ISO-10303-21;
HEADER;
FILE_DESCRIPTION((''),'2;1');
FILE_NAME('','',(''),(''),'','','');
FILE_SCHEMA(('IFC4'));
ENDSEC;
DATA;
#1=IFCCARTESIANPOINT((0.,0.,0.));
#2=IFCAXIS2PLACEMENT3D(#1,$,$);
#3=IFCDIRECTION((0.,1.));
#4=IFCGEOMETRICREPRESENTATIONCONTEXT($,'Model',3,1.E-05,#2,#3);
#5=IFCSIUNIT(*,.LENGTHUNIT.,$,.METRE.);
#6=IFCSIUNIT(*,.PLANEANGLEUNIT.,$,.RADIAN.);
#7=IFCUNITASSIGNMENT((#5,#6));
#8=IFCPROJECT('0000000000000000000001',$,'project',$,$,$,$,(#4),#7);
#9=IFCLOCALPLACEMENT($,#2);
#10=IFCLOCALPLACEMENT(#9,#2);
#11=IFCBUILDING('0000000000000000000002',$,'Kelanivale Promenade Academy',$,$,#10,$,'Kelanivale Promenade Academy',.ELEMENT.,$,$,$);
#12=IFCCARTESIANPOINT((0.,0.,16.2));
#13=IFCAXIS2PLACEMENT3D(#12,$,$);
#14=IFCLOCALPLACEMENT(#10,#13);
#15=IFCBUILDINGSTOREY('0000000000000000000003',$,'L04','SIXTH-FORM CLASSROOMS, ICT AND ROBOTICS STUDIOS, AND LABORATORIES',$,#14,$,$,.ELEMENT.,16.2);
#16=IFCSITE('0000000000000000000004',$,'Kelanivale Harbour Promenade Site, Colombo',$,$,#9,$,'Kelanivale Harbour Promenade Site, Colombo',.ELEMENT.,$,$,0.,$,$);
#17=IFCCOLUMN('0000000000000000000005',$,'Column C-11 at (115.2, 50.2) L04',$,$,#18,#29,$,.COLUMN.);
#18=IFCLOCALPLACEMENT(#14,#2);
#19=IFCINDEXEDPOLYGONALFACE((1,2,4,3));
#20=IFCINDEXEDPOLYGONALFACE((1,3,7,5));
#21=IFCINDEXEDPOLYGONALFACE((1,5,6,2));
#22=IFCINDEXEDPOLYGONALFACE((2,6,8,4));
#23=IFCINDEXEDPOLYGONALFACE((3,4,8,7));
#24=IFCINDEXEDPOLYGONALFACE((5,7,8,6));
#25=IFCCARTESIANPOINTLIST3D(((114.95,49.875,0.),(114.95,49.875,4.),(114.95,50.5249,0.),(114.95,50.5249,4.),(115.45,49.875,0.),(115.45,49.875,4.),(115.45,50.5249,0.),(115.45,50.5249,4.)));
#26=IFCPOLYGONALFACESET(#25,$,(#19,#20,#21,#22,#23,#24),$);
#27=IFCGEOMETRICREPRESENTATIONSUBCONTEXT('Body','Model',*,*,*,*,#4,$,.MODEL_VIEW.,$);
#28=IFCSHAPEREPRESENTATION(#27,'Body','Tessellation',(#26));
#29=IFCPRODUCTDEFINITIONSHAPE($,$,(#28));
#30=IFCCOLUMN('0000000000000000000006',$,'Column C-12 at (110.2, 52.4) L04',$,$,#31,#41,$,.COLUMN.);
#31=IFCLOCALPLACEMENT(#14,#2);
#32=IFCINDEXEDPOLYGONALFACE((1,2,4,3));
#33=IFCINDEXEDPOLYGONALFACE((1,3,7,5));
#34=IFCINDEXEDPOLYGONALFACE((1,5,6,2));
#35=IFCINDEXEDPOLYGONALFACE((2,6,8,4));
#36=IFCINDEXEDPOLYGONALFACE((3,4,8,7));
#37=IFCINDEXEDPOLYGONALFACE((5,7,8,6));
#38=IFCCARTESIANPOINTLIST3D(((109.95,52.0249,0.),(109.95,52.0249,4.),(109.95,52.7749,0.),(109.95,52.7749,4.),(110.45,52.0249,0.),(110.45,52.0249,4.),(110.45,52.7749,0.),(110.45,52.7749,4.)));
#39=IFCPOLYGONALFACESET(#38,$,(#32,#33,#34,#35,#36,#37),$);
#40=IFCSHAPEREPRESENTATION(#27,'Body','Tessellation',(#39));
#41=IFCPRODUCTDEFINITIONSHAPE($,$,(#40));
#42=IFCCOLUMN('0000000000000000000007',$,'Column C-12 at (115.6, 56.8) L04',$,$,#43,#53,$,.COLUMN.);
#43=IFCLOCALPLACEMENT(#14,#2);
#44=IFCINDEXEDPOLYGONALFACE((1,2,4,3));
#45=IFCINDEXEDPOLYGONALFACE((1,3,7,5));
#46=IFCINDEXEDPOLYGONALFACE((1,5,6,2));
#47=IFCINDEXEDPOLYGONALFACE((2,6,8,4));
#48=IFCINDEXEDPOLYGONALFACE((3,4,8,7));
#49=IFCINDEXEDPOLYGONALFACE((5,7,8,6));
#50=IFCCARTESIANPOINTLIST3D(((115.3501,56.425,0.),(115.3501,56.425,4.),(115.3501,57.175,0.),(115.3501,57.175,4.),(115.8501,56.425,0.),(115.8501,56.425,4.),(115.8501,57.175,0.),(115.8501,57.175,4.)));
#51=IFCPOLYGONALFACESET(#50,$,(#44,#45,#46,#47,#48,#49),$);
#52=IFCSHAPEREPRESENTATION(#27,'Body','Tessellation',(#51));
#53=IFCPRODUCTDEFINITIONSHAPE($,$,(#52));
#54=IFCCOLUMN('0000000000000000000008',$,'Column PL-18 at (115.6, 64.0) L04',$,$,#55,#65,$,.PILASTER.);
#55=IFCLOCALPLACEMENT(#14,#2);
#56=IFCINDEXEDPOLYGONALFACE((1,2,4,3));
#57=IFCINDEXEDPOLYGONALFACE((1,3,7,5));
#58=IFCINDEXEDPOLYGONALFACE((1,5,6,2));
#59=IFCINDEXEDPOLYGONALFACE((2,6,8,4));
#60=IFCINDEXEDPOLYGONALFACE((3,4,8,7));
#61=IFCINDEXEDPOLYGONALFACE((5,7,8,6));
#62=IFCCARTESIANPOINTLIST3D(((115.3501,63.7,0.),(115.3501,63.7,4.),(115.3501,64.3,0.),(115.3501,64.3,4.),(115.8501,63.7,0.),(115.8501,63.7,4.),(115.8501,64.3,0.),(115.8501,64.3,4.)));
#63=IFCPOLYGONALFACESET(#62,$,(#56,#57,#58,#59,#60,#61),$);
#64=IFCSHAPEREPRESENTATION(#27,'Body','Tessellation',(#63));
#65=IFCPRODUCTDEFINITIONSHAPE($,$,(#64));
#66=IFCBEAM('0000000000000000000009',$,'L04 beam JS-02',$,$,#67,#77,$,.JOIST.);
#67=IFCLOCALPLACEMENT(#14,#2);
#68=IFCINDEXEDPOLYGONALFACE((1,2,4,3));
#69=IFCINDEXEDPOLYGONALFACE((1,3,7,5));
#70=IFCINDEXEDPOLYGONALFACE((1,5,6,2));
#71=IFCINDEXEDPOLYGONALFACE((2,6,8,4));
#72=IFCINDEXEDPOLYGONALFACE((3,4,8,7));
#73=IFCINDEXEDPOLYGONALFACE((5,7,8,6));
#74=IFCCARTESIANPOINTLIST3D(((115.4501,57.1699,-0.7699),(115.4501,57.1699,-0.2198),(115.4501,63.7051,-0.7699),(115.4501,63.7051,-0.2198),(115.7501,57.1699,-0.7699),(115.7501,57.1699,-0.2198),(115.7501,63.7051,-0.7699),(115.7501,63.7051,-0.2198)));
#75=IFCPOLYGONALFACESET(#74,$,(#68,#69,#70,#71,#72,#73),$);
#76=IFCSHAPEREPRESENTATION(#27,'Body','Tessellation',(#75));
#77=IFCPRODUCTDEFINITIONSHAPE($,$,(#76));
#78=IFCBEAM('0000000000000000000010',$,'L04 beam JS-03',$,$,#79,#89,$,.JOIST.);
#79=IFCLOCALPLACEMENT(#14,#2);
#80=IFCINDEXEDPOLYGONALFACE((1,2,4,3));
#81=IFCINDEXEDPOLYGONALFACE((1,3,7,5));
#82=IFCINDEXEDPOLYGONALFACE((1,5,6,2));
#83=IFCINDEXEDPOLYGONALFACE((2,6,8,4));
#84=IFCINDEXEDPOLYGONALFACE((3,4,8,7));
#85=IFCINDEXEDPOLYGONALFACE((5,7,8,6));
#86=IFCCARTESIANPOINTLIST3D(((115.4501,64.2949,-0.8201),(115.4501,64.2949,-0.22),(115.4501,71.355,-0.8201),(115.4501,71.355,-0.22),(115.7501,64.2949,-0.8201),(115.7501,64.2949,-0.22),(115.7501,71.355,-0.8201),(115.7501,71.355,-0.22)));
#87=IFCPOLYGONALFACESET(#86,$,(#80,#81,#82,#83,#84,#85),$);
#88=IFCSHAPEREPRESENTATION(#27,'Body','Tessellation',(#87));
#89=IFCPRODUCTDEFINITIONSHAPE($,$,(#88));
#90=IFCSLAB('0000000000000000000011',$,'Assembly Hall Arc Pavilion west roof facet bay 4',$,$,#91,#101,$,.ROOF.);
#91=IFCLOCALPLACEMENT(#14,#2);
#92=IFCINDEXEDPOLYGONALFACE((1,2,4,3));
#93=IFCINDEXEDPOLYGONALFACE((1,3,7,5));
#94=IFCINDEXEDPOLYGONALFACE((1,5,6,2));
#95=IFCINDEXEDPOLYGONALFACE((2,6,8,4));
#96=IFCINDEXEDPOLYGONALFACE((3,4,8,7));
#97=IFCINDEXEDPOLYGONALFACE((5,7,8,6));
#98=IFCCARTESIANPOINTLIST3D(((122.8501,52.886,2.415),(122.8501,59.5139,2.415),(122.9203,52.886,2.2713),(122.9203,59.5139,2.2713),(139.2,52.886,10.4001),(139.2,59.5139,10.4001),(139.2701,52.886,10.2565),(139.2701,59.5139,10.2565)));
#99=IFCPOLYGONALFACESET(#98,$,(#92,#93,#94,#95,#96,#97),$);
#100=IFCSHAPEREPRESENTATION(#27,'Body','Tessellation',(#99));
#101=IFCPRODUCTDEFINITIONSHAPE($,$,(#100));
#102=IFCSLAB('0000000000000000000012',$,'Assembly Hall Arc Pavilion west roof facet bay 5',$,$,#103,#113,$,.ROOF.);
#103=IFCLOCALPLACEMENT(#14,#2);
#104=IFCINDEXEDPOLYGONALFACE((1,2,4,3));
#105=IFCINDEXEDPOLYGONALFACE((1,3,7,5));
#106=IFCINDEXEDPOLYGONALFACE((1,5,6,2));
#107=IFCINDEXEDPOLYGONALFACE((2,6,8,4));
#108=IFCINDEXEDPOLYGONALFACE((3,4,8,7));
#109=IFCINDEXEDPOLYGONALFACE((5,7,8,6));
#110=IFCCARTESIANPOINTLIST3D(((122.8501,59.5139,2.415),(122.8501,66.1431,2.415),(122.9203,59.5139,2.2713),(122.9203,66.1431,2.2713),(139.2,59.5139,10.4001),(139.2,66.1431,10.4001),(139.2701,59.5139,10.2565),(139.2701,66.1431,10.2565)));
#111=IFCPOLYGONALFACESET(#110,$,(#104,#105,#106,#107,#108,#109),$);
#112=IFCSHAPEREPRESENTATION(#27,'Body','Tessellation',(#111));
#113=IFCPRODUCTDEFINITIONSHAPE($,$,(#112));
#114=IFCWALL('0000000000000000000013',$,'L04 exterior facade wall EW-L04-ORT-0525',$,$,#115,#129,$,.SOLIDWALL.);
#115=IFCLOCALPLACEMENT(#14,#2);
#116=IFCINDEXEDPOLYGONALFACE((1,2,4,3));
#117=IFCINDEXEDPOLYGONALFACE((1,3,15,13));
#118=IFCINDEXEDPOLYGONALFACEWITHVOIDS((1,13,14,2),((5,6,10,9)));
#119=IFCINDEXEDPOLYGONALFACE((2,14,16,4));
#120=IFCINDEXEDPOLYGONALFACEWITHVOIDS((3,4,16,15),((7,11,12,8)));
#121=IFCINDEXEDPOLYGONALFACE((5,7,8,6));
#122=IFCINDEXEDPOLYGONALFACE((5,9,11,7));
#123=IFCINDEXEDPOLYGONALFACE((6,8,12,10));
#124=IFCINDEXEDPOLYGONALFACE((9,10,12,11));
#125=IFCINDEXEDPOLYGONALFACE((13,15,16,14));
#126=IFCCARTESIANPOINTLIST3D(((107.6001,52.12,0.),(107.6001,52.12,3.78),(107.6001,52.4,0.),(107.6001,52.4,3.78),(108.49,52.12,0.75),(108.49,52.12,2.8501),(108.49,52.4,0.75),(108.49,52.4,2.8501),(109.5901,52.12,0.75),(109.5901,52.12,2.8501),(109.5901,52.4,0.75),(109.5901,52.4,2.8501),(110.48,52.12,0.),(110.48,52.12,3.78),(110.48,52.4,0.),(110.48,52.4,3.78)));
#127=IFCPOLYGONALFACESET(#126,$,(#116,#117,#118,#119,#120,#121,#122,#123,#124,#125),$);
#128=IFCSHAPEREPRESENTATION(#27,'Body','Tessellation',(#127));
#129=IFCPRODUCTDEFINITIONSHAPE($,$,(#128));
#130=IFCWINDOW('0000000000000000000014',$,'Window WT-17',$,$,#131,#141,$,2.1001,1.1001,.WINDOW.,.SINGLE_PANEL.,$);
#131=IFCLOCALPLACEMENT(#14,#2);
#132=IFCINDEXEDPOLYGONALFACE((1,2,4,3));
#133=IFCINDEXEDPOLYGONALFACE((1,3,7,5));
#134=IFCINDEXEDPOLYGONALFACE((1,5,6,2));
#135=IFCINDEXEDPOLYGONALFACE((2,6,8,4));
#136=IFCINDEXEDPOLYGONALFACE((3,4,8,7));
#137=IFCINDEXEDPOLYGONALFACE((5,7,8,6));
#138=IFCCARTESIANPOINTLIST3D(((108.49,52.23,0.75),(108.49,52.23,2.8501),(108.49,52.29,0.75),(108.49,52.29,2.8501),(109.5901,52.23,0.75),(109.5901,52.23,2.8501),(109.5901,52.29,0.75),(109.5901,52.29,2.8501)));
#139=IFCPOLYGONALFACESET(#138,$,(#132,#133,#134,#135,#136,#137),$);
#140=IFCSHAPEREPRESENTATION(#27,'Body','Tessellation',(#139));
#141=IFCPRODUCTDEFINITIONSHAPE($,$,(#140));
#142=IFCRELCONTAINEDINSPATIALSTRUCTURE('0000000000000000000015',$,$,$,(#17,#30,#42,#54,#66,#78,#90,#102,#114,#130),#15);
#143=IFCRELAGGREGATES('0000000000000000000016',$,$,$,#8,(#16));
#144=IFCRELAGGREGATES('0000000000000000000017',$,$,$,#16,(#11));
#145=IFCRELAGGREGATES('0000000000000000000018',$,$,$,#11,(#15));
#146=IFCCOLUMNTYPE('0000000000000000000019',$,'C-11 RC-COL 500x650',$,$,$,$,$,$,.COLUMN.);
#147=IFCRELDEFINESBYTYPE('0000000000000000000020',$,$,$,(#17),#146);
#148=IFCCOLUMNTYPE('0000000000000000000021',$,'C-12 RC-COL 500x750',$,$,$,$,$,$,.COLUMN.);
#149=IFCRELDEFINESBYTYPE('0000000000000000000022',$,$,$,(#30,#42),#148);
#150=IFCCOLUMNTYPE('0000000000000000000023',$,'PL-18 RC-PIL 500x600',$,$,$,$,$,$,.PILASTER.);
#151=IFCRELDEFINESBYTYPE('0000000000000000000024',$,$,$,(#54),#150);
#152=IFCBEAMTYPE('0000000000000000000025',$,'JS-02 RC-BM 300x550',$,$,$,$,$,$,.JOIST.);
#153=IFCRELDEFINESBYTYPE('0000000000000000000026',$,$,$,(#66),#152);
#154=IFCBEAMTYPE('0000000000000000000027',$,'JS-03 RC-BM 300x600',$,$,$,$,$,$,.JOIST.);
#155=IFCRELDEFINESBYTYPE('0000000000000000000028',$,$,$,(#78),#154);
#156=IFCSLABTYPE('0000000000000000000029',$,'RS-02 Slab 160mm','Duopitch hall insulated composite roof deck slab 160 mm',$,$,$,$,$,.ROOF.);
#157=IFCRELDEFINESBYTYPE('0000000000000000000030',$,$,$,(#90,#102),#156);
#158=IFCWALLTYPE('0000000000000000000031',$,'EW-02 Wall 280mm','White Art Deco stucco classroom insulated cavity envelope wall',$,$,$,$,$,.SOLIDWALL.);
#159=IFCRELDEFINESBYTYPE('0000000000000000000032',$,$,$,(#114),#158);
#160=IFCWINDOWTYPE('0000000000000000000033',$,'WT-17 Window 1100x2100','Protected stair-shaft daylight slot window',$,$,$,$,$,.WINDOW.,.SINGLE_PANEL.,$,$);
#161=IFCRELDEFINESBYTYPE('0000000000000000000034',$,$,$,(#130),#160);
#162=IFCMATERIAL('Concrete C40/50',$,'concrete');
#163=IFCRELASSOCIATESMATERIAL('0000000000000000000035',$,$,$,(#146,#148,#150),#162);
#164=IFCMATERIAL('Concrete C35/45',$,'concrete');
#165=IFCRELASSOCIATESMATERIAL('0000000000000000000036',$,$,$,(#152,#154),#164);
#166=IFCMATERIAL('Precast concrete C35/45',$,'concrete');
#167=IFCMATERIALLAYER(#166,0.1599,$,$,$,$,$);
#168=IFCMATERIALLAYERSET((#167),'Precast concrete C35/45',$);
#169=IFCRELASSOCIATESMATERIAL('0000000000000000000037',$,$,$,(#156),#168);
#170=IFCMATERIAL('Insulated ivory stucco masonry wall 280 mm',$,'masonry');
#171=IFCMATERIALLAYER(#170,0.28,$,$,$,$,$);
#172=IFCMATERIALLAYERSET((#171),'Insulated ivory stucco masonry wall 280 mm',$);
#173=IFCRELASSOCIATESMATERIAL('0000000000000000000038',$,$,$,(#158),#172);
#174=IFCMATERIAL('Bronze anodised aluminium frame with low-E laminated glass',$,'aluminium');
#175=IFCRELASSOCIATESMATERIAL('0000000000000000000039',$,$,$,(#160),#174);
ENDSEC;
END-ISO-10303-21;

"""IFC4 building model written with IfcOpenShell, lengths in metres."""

from ifc_helpers import new_model, si_unit, direction, frame, frame_2d, origin, origin_2d, place, context, subcontext, project, spatial, polyline, rectangle, outline, extrude, material, layer, layer_set, material_profile, profile_set, type_object, element, fill, save


model = new_model("IFC4")

# Units and contexts
model_context = context("Model", 3, precision=1e-05, world=origin(), true_north=direction((0.0, 1.0)))
body_context = subcontext(model_context, "Body", "Model", "MODEL_VIEW")
ifc_project = project(units=[si_unit("LENGTHUNIT", "METRE"), si_unit("PLANEANGLEUNIT", "RADIAN")], contexts=[model_context])

# Site, building, storey
site_placement = place(None, origin())
site = spatial("IfcSite", under=ifc_project, at=site_placement, Name="Kelanivale Harbour Promenade Site, Colombo", LongName="Kelanivale Harbour Promenade Site, Colombo", CompositionType="ELEMENT", RefElevation=0.0)
building_placement = place(site_placement, origin())
building = spatial("IfcBuilding", under=site, at=building_placement, Name="Kelanivale Promenade Academy", LongName="Kelanivale Promenade Academy", CompositionType="ELEMENT")
storey_placement = place(building_placement, frame((0.0, 0.0, 16.2)))
storey = spatial("IfcBuildingStorey", under=building, at=storey_placement, Name="L04", Description="SIXTH-FORM CLASSROOMS, ICT AND ROBOTICS STUDIOS, AND LABORATORIES", CompositionType="ELEMENT", Elevation=16.2)

# Columns
ifc_material_1 = material(Name="Concrete C40/50", Category="concrete")
ifc_material_profile_1 = material_profile(ifc_material_1, rectangle(XDim=0.5, YDim=0.6499, at=origin_2d()), Name="RC-COL 500x650")
ifc_profile_set_1 = profile_set([ifc_material_profile_1], Name="Concrete C40/50")
column_type_1 = type_object("IfcColumnType", Name="C-11 RC-COL 500x650", PredefinedType="COLUMN", material=ifc_profile_set_1)
column_1_placement = place(storey_placement, frame((115.2, 50.2, 0.0), z_axis=(0.0, 0.0, 1.0), x_axis=(1.0, 0.0, 0.0)))
element("IfcColumn", 1, at=column_1_placement, inside=storey, type_object=column_type_1, Name="Column C-11 at (115.2, 50.2) L04", PredefinedType="COLUMN", context=body_context, shape_type="SweptSolid", body=[
    extrude(rectangle(XDim=0.5, YDim=0.6499, at=origin_2d()), origin(), (0.0, 0.0, 1.0), 4.0),
])
ifc_material_profile_2 = material_profile(ifc_material_1, rectangle(XDim=0.5, YDim=0.75, at=origin_2d()), Name="RC-COL 500x750")
ifc_profile_set_2 = profile_set([ifc_material_profile_2], Name="Concrete C40/50")
column_type_2 = type_object("IfcColumnType", Name="C-12 RC-COL 500x750", PredefinedType="COLUMN", material=ifc_profile_set_2)
for number, where, z_axis, x_axis, name in (
    (2, (110.2, 52.3999, 0.0), (0.0, 0.0, 1.0), (1.0, 0.0, 0.0), "Column C-12 at (110.2, 52.4) L04"),
    (3, (115.6001, 56.8, 0.0), (0.0, 0.0, 1.0), (1.0, 0.0, 0.0), "Column C-12 at (115.6, 56.8) L04"),
):
    element("IfcColumn", number, at=place(storey_placement, frame(where, z_axis=z_axis, x_axis=x_axis)), inside=storey, type_object=column_type_2, Name=name, PredefinedType="COLUMN", context=body_context, shape_type="SweptSolid", body=[
        extrude(rectangle(XDim=0.5, YDim=0.75, at=origin_2d()), origin(), (0.0, 0.0, 1.0), 4.0),
    ])
ifc_material_profile_3 = material_profile(ifc_material_1, rectangle(XDim=0.5, YDim=0.6001, at=origin_2d()), Name="RC-PIL 500x600")
ifc_profile_set_3 = profile_set([ifc_material_profile_3], Name="Concrete C40/50")
column_type_3 = type_object("IfcColumnType", Name="PL-18 RC-PIL 500x600", PredefinedType="PILASTER", material=ifc_profile_set_3)
column_2_placement = place(storey_placement, frame((115.6001, 64.0, 0.0), z_axis=(0.0, 0.0, 1.0), x_axis=(1.0, 0.0, 0.0)))
element("IfcColumn", 4, at=column_2_placement, inside=storey, type_object=column_type_3, Name="Column PL-18 at (115.6, 64.0) L04", PredefinedType="PILASTER", context=body_context, shape_type="SweptSolid", body=[
    extrude(rectangle(XDim=0.5, YDim=0.6001, at=origin_2d()), origin(), (0.0, 0.0, 1.0), 4.0),
])

# Beams
ifc_material_2 = material(Name="Concrete C35/45", Category="concrete")
ifc_material_profile_4 = material_profile(ifc_material_2, rectangle(XDim=0.3, YDim=0.55, at=origin_2d()), Name="RC-BM 300x550")
ifc_profile_set_4 = profile_set([ifc_material_profile_4], Name="Concrete C35/45")
beam_type_1 = type_object("IfcBeamType", Name="JS-02 RC-BM 300x550", PredefinedType="JOIST", material=ifc_profile_set_4)
beam_1_placement = place(storey_placement, frame((115.6001, 57.1699, -0.4949), z_axis=(0.0, 1.0, 0.0), x_axis=(-1.0, 0.0, 0.0)))
element("IfcBeam", 5, at=beam_1_placement, inside=storey, type_object=beam_type_1, Name="L04 beam JS-02", PredefinedType="JOIST", context=body_context, shape_type="SweptSolid", body=[
    extrude(rectangle(XDim=0.3, YDim=0.55, at=origin_2d()), origin(), (0.0, 0.0, 1.0), 6.5352),
])
ifc_material_profile_5 = material_profile(ifc_material_2, rectangle(XDim=0.3, YDim=0.6001, at=origin_2d()), Name="RC-BM 300x600")
ifc_profile_set_5 = profile_set([ifc_material_profile_5], Name="Concrete C35/45")
beam_type_2 = type_object("IfcBeamType", Name="JS-03 RC-BM 300x600", PredefinedType="JOIST", material=ifc_profile_set_5)
beam_2_placement = place(storey_placement, frame((115.6001, 64.2949, -0.52), z_axis=(0.0, 1.0, 0.0), x_axis=(-1.0, 0.0, 0.0)))
element("IfcBeam", 6, at=beam_2_placement, inside=storey, type_object=beam_type_2, Name="L04 beam JS-03", PredefinedType="JOIST", context=body_context, shape_type="SweptSolid", body=[
    extrude(rectangle(XDim=0.3, YDim=0.6001, at=origin_2d()), origin(), (0.0, 0.0, 1.0), 7.0601),
])

# Slabs
ifc_material_3 = material(Name="Precast concrete C35/45", Category="concrete")
ifc_layer_1 = layer(ifc_material_3, 0.1599)
ifc_layer_set_1 = layer_set([ifc_layer_1], Name="Precast concrete C35/45")
slab_type = type_object("IfcSlabType", Name="RS-02 Slab 160mm", Description="Duopitch hall insulated composite roof deck slab 160 mm", PredefinedType="ROOF", material=ifc_layer_set_1)
slab_1_placement = place(storey_placement, frame((122.8501, 52.886, 2.415), z_axis=(-0.438848, 0.0, 0.898561), x_axis=(0.898561, 0.0, 0.438848)))
element("IfcSlab", 7, at=slab_1_placement, inside=storey, type_object=slab_type, Name="Assembly Hall Arc Pavilion west roof facet bay 4", PredefinedType="ROOF", context=body_context, shape_type="SweptSolid", body=[
    extrude(outline(polyline([(0.0, 0.0), (18.1956, 0.0), (18.1956, 6.6279), (0.0, 6.6279), (0.0, 0.0)])), origin(), (0.0, 0.0, -1.0), 0.1599),
])
slab_2_placement = place(storey_placement, frame((122.8501, 59.5139, 2.415), z_axis=(-0.438848, 0.0, 0.898561), x_axis=(0.898561, 0.0, 0.438848)))
element("IfcSlab", 8, at=slab_2_placement, inside=storey, type_object=slab_type, Name="Assembly Hall Arc Pavilion west roof facet bay 5", PredefinedType="ROOF", context=body_context, shape_type="SweptSolid", body=[
    extrude(outline(polyline([(0.0, 0.0), (18.1956, 0.0), (18.1956, 6.6292), (0.0, 6.6292), (0.0, 0.0)])), origin(), (0.0, 0.0, -1.0), 0.1599),
])

# Wall, opening, window
ifc_material_4 = material(Name="Insulated ivory stucco masonry wall 280 mm", Category="masonry")
ifc_layer_2 = layer(ifc_material_4, 0.28)
ifc_layer_set_2 = layer_set([ifc_layer_2], Name="Insulated ivory stucco masonry wall 280 mm")
wall_type_1 = type_object("IfcWallType", Name="EW-02 Wall 280mm", Description="White Art Deco stucco classroom insulated cavity envelope wall", PredefinedType="SOLIDWALL", material=ifc_layer_set_2)
wall_1_placement = place(storey_placement, frame((110.48, 52.26, 0.0), z_axis=(0.0, 0.0, 1.0), x_axis=(-1.0, 0.0, 0.0)))
wall_1 = element("IfcWall", 9, at=wall_1_placement, inside=storey, type_object=wall_type_1, Name="L04 exterior facade wall EW-L04-ORT-0525", PredefinedType="SOLIDWALL", context=body_context, shape_type="SweptSolid", body=[
    extrude(rectangle(XDim=2.8799, YDim=0.28, at=frame_2d((1.4399, 0.0))), origin(), (0.0, 0.0, 1.0), 3.78),
])
opening_1_placement = place(wall_1_placement, frame((0.8899, 0.0, 0.75)))
opening_1 = element("IfcOpeningElement", 10, at=opening_1_placement, cuts=wall_1, PredefinedType="OPENING", context=body_context, shape_type="SweptSolid", body=[
    extrude(rectangle(XDim=1.1001, YDim=2.1001, at=frame_2d((0.55, 1.05))), frame((0.0, 0.1499, 0.0), z_axis=(0.0, -1.0, 0.0), x_axis=(1.0, 0.0, 0.0)), (0.0, 0.0, 1.0), 0.3),
])
ifc_material_5 = material(Name="Bronze anodised aluminium frame with low-E laminated glass", Category="aluminium")
window_type_1 = type_object("IfcWindowType", Name="WT-17 Window 1100x2100", Description="Protected stair-shaft daylight slot window", PartitioningType="SINGLE_PANEL", PredefinedType="WINDOW", material=ifc_material_5)
window_1_placement = place(opening_1_placement, origin())
window_1 = element("IfcWindow", 11, at=window_1_placement, inside=storey, type_object=window_type_1, Name="Window WT-17", OverallHeight=2.1001, OverallWidth=1.1001, PartitioningType="SINGLE_PANEL", PredefinedType="WINDOW", context=body_context, shape_type="SweptSolid", body=[
    extrude(rectangle(XDim=1.1001, YDim=2.1001, at=frame_2d((0.55, 1.05))), frame((0.0, 0.03, 0.0), z_axis=(0.0, -1.0, 0.0), x_axis=(1.0, 0.0, 0.0)), (0.0, 0.0, 1.0), 0.0601),
])
fill(opening_1, window_1)

save(model, "model.ifc")
